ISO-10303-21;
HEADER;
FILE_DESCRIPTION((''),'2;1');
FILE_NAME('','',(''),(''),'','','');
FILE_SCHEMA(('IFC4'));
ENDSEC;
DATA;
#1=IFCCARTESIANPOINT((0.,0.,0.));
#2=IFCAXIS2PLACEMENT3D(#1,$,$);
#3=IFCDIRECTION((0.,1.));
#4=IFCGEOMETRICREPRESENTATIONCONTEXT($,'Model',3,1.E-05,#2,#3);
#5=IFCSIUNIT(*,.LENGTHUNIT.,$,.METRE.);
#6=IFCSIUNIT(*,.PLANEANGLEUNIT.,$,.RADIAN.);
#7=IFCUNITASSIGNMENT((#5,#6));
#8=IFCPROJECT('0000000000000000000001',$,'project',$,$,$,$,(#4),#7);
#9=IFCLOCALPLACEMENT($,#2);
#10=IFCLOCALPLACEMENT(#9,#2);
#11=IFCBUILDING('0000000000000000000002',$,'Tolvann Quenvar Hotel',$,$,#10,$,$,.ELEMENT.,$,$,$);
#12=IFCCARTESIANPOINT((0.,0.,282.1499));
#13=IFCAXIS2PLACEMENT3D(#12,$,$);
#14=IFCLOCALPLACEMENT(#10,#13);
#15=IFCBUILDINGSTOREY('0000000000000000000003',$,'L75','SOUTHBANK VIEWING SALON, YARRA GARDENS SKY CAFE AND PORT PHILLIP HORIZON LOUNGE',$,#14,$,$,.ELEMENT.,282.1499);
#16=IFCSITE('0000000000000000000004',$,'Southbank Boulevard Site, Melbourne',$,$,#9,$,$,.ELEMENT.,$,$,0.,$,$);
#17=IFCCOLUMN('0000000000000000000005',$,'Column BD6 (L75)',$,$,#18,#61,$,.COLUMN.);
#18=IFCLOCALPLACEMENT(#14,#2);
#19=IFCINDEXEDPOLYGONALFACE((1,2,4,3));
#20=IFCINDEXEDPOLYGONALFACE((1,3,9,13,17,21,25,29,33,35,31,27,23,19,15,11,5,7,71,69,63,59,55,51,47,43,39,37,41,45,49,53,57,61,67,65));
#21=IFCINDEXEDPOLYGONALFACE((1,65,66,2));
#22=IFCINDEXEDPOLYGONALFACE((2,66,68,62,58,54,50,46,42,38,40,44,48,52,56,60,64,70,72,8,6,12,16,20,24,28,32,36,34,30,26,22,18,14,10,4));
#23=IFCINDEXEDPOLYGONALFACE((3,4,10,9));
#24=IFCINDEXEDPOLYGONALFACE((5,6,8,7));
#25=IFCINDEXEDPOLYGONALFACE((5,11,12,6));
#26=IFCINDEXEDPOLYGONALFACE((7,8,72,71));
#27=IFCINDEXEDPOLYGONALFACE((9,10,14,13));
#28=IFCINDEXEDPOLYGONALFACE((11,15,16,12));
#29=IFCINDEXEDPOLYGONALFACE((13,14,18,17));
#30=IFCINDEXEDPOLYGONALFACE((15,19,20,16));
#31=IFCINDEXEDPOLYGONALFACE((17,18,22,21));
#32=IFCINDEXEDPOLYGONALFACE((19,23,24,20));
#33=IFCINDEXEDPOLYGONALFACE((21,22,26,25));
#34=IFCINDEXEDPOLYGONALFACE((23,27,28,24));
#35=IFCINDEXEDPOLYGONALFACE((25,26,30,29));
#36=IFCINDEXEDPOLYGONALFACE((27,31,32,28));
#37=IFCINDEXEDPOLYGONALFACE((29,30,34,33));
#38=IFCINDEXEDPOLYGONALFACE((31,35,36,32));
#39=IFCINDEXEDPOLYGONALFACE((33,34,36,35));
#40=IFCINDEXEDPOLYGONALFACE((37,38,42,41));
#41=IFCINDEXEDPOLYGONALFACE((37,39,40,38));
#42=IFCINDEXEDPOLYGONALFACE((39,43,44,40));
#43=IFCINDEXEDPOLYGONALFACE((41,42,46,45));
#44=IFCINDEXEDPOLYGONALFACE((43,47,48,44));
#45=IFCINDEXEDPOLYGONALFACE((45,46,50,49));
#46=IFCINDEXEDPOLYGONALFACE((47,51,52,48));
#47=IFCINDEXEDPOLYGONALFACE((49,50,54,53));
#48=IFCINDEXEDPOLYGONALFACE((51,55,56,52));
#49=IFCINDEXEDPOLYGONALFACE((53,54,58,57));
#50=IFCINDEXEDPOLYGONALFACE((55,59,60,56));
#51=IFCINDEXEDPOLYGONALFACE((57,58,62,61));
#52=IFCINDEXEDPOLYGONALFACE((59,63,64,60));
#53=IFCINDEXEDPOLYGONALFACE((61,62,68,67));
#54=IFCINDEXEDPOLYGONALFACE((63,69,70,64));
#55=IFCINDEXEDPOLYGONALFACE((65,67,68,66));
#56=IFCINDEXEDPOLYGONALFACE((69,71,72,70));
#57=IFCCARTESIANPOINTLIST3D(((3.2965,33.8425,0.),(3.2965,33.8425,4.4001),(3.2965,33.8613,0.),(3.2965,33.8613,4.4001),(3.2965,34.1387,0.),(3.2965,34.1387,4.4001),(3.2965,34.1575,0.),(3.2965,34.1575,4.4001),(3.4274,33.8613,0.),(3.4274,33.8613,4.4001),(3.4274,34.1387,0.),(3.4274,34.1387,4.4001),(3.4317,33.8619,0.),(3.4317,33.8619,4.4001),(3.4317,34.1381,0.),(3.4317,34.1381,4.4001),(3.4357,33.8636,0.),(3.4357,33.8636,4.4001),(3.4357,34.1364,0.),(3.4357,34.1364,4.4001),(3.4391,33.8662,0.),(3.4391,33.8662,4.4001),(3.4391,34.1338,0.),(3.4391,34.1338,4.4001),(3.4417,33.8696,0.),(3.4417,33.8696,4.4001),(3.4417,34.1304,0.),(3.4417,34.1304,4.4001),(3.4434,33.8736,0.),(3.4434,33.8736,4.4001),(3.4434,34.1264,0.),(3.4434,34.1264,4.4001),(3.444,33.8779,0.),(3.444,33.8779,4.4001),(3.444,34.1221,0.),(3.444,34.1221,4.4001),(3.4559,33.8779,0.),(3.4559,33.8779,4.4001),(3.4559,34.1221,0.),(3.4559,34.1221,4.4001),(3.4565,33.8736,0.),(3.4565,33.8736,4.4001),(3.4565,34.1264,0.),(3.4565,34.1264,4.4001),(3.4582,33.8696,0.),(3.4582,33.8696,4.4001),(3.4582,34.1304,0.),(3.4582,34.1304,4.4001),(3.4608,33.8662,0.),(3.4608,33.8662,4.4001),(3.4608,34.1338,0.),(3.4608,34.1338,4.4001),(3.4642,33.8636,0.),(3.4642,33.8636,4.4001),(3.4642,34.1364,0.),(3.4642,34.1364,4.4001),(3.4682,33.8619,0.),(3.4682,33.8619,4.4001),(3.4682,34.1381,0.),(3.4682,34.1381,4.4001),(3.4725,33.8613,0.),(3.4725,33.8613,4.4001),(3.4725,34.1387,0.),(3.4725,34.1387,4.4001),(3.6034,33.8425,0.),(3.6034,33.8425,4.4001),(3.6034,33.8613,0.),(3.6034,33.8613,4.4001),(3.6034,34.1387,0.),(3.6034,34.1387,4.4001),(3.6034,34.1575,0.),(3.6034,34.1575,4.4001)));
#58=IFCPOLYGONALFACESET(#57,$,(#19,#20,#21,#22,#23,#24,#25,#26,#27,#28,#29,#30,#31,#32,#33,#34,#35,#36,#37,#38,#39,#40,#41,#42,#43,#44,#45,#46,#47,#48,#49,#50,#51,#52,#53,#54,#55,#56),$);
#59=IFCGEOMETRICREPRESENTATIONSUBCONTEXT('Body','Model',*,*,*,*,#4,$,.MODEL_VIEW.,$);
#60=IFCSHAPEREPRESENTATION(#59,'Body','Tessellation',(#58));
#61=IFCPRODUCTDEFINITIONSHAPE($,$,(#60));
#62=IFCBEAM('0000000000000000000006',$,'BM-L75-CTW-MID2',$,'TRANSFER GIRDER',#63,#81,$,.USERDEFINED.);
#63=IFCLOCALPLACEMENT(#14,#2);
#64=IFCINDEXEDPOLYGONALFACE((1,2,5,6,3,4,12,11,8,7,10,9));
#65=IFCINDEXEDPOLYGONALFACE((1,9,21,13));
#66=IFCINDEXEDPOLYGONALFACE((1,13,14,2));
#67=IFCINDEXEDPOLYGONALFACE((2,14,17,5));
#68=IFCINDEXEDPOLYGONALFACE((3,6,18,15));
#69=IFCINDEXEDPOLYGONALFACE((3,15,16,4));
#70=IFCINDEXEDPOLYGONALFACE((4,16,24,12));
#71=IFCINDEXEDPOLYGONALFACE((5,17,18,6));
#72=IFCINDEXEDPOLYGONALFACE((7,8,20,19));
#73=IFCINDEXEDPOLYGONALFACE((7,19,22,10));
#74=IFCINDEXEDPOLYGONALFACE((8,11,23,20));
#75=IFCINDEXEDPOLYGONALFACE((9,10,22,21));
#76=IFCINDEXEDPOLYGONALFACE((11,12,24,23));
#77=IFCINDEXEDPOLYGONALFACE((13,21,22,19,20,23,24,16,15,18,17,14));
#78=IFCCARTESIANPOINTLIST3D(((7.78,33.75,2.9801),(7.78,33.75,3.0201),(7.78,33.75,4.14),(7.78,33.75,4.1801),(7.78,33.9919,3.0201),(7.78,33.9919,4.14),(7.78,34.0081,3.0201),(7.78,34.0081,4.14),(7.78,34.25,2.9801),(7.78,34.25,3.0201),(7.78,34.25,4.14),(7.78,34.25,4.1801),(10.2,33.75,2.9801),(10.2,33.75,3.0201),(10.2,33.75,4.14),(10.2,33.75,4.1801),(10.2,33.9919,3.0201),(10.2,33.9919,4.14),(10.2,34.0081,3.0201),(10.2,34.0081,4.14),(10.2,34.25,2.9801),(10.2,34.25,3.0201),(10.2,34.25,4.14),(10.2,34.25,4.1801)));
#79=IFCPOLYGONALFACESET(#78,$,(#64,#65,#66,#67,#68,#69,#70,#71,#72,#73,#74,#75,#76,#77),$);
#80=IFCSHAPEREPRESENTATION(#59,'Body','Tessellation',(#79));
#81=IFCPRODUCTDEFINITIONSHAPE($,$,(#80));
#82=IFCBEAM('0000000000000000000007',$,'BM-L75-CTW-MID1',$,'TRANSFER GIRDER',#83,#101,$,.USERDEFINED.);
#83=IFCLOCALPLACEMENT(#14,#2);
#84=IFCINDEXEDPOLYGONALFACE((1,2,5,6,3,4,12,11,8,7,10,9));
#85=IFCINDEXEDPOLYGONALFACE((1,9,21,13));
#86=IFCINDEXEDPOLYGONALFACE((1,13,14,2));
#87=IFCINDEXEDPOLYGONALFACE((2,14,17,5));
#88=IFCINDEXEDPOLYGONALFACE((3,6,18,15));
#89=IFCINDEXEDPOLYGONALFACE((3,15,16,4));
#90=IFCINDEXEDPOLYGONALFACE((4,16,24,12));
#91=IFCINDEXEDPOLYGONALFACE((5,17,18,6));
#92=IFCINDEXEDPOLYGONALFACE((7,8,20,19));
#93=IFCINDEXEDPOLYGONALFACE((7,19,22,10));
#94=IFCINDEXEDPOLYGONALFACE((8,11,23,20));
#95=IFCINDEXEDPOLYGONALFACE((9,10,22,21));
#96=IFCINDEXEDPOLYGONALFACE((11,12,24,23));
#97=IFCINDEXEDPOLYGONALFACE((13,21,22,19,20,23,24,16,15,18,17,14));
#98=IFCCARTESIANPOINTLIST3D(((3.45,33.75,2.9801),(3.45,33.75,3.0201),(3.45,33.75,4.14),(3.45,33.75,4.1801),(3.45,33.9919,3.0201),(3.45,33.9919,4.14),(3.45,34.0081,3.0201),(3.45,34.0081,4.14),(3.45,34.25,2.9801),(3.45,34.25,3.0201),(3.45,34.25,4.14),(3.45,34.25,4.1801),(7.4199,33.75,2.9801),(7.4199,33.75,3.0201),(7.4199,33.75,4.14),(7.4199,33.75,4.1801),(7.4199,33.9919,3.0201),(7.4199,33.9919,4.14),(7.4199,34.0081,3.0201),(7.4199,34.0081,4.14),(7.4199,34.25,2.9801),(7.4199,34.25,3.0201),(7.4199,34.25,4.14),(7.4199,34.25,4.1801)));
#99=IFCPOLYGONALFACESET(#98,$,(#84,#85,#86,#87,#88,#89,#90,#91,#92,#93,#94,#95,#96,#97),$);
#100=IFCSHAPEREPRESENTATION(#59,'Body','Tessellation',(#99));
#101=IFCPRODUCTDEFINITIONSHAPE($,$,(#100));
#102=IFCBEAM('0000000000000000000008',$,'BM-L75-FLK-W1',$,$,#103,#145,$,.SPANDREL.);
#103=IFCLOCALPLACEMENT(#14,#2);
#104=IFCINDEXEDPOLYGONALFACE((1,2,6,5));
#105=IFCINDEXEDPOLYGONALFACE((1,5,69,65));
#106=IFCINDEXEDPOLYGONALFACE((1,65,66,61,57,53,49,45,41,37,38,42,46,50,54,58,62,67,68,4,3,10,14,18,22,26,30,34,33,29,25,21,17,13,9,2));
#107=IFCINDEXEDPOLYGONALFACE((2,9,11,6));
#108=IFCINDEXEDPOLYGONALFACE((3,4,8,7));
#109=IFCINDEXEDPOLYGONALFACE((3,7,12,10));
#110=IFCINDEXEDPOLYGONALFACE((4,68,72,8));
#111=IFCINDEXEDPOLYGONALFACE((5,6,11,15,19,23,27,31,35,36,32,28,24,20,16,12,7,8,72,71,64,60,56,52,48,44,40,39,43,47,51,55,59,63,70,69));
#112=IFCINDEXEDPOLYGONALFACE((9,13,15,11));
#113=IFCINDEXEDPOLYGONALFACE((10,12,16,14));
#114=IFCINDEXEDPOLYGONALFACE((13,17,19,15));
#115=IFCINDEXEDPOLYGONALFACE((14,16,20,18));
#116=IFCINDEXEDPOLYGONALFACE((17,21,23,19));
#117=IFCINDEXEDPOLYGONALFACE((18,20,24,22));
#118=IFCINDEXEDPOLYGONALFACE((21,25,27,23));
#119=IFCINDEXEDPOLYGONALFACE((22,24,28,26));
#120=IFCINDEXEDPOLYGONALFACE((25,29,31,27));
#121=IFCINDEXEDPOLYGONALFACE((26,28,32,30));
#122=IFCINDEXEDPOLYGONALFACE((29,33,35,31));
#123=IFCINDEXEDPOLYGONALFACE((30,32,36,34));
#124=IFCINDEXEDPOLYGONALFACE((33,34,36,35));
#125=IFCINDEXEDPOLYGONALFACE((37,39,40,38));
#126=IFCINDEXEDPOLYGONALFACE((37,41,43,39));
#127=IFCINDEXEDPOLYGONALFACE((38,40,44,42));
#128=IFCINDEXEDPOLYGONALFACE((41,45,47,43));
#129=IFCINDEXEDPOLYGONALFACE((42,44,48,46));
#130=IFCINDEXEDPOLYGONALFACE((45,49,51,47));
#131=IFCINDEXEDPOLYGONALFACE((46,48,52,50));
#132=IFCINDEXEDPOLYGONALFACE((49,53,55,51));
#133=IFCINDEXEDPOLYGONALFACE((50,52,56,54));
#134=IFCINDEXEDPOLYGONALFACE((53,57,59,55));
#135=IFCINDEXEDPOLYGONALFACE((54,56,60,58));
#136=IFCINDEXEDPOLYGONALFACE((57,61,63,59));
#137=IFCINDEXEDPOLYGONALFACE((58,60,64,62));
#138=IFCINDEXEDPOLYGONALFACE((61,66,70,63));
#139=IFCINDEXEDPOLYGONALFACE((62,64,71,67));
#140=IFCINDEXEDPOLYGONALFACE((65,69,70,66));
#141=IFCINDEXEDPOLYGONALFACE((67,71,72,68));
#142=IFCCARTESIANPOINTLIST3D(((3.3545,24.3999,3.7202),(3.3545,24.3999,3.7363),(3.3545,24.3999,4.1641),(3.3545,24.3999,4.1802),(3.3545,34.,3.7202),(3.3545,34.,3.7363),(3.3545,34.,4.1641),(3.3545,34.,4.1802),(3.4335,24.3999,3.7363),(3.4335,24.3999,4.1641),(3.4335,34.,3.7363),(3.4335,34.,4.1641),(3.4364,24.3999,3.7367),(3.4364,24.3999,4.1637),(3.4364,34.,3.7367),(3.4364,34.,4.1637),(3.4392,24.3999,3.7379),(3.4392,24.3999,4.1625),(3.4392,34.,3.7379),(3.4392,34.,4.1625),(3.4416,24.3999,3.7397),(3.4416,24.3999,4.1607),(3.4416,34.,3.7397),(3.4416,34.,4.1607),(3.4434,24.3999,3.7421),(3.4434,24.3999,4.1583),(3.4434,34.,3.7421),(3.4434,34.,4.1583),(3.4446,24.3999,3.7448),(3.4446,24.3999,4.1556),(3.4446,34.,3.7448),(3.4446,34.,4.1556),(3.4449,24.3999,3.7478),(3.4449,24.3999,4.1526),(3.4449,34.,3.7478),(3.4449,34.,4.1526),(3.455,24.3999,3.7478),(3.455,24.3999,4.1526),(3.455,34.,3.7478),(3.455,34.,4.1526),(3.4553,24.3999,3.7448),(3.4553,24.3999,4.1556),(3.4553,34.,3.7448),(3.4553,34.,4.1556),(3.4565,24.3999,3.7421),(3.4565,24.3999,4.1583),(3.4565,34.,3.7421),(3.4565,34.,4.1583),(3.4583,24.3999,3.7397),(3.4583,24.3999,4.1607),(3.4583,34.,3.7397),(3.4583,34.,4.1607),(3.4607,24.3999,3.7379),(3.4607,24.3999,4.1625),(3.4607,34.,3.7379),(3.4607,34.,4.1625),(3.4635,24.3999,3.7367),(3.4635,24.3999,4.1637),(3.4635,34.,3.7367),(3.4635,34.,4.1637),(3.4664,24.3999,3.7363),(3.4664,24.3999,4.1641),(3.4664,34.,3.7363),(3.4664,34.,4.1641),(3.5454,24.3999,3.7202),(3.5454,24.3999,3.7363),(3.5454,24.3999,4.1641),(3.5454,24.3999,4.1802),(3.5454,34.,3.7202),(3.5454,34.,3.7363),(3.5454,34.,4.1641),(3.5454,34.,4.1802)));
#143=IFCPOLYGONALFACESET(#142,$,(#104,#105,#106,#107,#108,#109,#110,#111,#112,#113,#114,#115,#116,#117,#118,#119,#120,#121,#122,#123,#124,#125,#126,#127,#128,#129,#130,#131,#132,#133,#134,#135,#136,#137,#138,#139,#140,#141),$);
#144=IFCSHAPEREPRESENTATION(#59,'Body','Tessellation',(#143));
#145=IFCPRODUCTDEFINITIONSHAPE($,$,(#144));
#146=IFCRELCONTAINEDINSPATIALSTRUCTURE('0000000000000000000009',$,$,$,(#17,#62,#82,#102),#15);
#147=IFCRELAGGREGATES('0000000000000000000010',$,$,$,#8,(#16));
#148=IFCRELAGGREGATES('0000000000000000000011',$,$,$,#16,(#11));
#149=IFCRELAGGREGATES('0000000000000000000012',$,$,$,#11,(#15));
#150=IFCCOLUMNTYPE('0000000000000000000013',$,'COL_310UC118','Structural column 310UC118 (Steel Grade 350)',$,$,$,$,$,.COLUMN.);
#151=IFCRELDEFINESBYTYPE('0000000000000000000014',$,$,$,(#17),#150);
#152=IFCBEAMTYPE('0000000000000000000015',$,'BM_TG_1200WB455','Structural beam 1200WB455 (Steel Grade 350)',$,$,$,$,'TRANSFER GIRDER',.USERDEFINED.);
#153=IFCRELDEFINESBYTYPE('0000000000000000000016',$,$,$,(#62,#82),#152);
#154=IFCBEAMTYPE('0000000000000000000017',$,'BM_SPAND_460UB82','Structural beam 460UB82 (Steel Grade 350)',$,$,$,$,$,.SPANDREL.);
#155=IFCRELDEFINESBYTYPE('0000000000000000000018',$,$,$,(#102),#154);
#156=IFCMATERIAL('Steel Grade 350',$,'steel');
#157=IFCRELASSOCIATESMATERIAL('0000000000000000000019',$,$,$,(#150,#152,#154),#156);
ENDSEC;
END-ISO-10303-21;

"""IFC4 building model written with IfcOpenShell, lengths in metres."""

from ifc_helpers import new_model, si_unit, direction, frame, origin, origin_2d, place, context, subcontext, project, spatial, i_section, extrude, source, transform, mapped, material, material_profile, profile_set, type_object, type_shapes, element, save


model = new_model("IFC4")

# Units and contexts
model_context = context("Model", 3, precision=1e-05, world=origin(), true_north=direction((0.0, 1.0)))
body_context = subcontext(model_context, "Body", "Model", "MODEL_VIEW")
ifc_project = project(units=[si_unit("LENGTHUNIT", "METRE"), si_unit("PLANEANGLEUNIT", "RADIAN")], contexts=[model_context])

# Site, building, storey
site_placement = place(None, origin())
site = spatial("IfcSite", under=ifc_project, at=site_placement, Name="Southbank Boulevard Site, Melbourne", CompositionType="ELEMENT", RefElevation=0.0)
building_placement = place(site_placement, origin())
building = spatial("IfcBuilding", under=site, at=building_placement, Name="Tolvann Quenvar Hotel", CompositionType="ELEMENT")
storey_placement = place(building_placement, frame((0.0, 0.0, 282.1499)))
storey = spatial("IfcBuildingStorey", under=building, at=storey_placement, Name="L75", Description="SOUTHBANK VIEWING SALON, YARRA GARDENS SKY CAFE AND PORT PHILLIP HORIZON LOUNGE", CompositionType="ELEMENT", Elevation=282.1499)

# Column
ifc_material_1 = material(Name="Steel Grade 350", Category="steel")
ifc_material_profile_1 = material_profile(ifc_material_1, i_section(OverallWidth=0.3069, OverallDepth=0.3149, WebThickness=0.012, FlangeThickness=0.0188, FilletRadius=0.0166, at=origin_2d()), Name="310UC118")
ifc_profile_set_1 = profile_set([ifc_material_profile_1], Name="Steel Grade 350")
column_type = type_object("IfcColumnType", Name="COL_310UC118", Description="Structural column 310UC118 (Steel Grade 350)", PredefinedType="COLUMN", material=ifc_profile_set_1)
shared_shape_1 = source(origin(), body_context, "Body", "SweptSolid", [
    extrude(i_section(OverallWidth=0.3069, OverallDepth=0.3149, WebThickness=0.012, FlangeThickness=0.0188, FilletRadius=0.0166, at=origin_2d()), origin(), (0.0, 0.0, 1.0), 4.4001),
])
type_shapes(column_type, [shared_shape_1])
column_placement = place(storey_placement, frame((3.45, 34.0, 0.0), z_axis=(0.0, 0.0, 1.0), x_axis=(1.0, 0.0, 0.0)))
element("IfcColumn", 1, at=column_placement, inside=storey, type_object=column_type, Name="Column BD6 (L75)", PredefinedType="COLUMN", context=body_context, shape_type="MappedRepresentation", body=[
    mapped(shared_shape_1, transform((0.0, 0.0, 0.0), x_axis=(1.0, 0.0, 0.0), y_axis=(0.0, 1.0, 0.0), z_axis=(0.0, 0.0, 1.0), scale=1.0)),
])

# Beams
ifc_material_profile_2 = material_profile(ifc_material_1, i_section(OverallWidth=0.5, OverallDepth=1.2, WebThickness=0.0161, FlangeThickness=0.04, at=origin_2d()), Name="1200WB455")
ifc_profile_set_2 = profile_set([ifc_material_profile_2], Name="Steel Grade 350")
beam_type_1 = type_object("IfcBeamType", Name="BM_TG_1200WB455", Description="Structural beam 1200WB455 (Steel Grade 350)", ElementType="TRANSFER GIRDER", PredefinedType="USERDEFINED", material=ifc_profile_set_2)
shared_shape_2 = source(origin(), body_context, "Body", "SweptSolid", [
    extrude(i_section(OverallWidth=0.5, OverallDepth=1.2, WebThickness=0.0161, FlangeThickness=0.04, at=origin_2d()), origin(), (0.0, 0.0, 1.0), 2.4199),
])
beam_1_placement = place(storey_placement, frame((7.78, 34.0, 3.5801), z_axis=(1.0, 0.0, 0.0), x_axis=(0.0, 1.0, 0.0)))
element("IfcBeam", 2, at=beam_1_placement, inside=storey, type_object=beam_type_1, Name="BM-L75-CTW-MID2", ObjectType="TRANSFER GIRDER", PredefinedType="USERDEFINED", context=body_context, shape_type="MappedRepresentation", body=[
    mapped(shared_shape_2, transform((0.0, 0.0, 0.0), x_axis=(1.0, 0.0, 0.0), y_axis=(0.0, 1.0, 0.0), z_axis=(0.0, 0.0, 1.0), scale=1.0)),
])
shared_shape_3 = source(origin(), body_context, "Body", "SweptSolid", [
    extrude(i_section(OverallWidth=0.5, OverallDepth=1.2, WebThickness=0.0161, FlangeThickness=0.04, at=origin_2d()), origin(), (0.0, 0.0, 1.0), 3.97),
])
beam_2_placement = place(storey_placement, frame((3.45, 34.0, 3.5801), z_axis=(1.0, 0.0, 0.0), x_axis=(0.0, 1.0, 0.0)))
element("IfcBeam", 3, at=beam_2_placement, inside=storey, type_object=beam_type_1, Name="BM-L75-CTW-MID1", ObjectType="TRANSFER GIRDER", PredefinedType="USERDEFINED", context=body_context, shape_type="MappedRepresentation", body=[
    mapped(shared_shape_3, transform((0.0, 0.0, 0.0), x_axis=(1.0, 0.0, 0.0), y_axis=(0.0, 1.0, 0.0), z_axis=(0.0, 0.0, 1.0), scale=1.0)),
])
ifc_material_profile_3 = material_profile(ifc_material_1, i_section(OverallWidth=0.1909, OverallDepth=0.46, WebThickness=0.01, FlangeThickness=0.0161, FilletRadius=0.0115, at=origin_2d()), Name="460UB82")
ifc_profile_set_3 = profile_set([ifc_material_profile_3], Name="Steel Grade 350")
beam_type_2 = type_object("IfcBeamType", Name="BM_SPAND_460UB82", Description="Structural beam 460UB82 (Steel Grade 350)", PredefinedType="SPANDREL", material=ifc_profile_set_3)
shared_shape_4 = source(origin(), body_context, "Body", "SweptSolid", [
    extrude(i_section(OverallWidth=0.1909, OverallDepth=0.46, WebThickness=0.01, FlangeThickness=0.0161, FilletRadius=0.0115, at=origin_2d()), origin(), (0.0, 0.0, 1.0), 9.6001),
])
beam_3_placement = place(storey_placement, frame((3.45, 24.3999, 3.9502), z_axis=(0.0, 1.0, 0.0), x_axis=(-1.0, 0.0, 0.0)))
element("IfcBeam", 4, at=beam_3_placement, inside=storey, type_object=beam_type_2, Name="BM-L75-FLK-W1", PredefinedType="SPANDREL", context=body_context, shape_type="MappedRepresentation", body=[
    mapped(shared_shape_4, transform((0.0, 0.0, 0.0), x_axis=(1.0, 0.0, 0.0), y_axis=(0.0, 1.0, 0.0), z_axis=(0.0, 0.0, 1.0), scale=1.0)),
])

save(model, "model.ifc")
